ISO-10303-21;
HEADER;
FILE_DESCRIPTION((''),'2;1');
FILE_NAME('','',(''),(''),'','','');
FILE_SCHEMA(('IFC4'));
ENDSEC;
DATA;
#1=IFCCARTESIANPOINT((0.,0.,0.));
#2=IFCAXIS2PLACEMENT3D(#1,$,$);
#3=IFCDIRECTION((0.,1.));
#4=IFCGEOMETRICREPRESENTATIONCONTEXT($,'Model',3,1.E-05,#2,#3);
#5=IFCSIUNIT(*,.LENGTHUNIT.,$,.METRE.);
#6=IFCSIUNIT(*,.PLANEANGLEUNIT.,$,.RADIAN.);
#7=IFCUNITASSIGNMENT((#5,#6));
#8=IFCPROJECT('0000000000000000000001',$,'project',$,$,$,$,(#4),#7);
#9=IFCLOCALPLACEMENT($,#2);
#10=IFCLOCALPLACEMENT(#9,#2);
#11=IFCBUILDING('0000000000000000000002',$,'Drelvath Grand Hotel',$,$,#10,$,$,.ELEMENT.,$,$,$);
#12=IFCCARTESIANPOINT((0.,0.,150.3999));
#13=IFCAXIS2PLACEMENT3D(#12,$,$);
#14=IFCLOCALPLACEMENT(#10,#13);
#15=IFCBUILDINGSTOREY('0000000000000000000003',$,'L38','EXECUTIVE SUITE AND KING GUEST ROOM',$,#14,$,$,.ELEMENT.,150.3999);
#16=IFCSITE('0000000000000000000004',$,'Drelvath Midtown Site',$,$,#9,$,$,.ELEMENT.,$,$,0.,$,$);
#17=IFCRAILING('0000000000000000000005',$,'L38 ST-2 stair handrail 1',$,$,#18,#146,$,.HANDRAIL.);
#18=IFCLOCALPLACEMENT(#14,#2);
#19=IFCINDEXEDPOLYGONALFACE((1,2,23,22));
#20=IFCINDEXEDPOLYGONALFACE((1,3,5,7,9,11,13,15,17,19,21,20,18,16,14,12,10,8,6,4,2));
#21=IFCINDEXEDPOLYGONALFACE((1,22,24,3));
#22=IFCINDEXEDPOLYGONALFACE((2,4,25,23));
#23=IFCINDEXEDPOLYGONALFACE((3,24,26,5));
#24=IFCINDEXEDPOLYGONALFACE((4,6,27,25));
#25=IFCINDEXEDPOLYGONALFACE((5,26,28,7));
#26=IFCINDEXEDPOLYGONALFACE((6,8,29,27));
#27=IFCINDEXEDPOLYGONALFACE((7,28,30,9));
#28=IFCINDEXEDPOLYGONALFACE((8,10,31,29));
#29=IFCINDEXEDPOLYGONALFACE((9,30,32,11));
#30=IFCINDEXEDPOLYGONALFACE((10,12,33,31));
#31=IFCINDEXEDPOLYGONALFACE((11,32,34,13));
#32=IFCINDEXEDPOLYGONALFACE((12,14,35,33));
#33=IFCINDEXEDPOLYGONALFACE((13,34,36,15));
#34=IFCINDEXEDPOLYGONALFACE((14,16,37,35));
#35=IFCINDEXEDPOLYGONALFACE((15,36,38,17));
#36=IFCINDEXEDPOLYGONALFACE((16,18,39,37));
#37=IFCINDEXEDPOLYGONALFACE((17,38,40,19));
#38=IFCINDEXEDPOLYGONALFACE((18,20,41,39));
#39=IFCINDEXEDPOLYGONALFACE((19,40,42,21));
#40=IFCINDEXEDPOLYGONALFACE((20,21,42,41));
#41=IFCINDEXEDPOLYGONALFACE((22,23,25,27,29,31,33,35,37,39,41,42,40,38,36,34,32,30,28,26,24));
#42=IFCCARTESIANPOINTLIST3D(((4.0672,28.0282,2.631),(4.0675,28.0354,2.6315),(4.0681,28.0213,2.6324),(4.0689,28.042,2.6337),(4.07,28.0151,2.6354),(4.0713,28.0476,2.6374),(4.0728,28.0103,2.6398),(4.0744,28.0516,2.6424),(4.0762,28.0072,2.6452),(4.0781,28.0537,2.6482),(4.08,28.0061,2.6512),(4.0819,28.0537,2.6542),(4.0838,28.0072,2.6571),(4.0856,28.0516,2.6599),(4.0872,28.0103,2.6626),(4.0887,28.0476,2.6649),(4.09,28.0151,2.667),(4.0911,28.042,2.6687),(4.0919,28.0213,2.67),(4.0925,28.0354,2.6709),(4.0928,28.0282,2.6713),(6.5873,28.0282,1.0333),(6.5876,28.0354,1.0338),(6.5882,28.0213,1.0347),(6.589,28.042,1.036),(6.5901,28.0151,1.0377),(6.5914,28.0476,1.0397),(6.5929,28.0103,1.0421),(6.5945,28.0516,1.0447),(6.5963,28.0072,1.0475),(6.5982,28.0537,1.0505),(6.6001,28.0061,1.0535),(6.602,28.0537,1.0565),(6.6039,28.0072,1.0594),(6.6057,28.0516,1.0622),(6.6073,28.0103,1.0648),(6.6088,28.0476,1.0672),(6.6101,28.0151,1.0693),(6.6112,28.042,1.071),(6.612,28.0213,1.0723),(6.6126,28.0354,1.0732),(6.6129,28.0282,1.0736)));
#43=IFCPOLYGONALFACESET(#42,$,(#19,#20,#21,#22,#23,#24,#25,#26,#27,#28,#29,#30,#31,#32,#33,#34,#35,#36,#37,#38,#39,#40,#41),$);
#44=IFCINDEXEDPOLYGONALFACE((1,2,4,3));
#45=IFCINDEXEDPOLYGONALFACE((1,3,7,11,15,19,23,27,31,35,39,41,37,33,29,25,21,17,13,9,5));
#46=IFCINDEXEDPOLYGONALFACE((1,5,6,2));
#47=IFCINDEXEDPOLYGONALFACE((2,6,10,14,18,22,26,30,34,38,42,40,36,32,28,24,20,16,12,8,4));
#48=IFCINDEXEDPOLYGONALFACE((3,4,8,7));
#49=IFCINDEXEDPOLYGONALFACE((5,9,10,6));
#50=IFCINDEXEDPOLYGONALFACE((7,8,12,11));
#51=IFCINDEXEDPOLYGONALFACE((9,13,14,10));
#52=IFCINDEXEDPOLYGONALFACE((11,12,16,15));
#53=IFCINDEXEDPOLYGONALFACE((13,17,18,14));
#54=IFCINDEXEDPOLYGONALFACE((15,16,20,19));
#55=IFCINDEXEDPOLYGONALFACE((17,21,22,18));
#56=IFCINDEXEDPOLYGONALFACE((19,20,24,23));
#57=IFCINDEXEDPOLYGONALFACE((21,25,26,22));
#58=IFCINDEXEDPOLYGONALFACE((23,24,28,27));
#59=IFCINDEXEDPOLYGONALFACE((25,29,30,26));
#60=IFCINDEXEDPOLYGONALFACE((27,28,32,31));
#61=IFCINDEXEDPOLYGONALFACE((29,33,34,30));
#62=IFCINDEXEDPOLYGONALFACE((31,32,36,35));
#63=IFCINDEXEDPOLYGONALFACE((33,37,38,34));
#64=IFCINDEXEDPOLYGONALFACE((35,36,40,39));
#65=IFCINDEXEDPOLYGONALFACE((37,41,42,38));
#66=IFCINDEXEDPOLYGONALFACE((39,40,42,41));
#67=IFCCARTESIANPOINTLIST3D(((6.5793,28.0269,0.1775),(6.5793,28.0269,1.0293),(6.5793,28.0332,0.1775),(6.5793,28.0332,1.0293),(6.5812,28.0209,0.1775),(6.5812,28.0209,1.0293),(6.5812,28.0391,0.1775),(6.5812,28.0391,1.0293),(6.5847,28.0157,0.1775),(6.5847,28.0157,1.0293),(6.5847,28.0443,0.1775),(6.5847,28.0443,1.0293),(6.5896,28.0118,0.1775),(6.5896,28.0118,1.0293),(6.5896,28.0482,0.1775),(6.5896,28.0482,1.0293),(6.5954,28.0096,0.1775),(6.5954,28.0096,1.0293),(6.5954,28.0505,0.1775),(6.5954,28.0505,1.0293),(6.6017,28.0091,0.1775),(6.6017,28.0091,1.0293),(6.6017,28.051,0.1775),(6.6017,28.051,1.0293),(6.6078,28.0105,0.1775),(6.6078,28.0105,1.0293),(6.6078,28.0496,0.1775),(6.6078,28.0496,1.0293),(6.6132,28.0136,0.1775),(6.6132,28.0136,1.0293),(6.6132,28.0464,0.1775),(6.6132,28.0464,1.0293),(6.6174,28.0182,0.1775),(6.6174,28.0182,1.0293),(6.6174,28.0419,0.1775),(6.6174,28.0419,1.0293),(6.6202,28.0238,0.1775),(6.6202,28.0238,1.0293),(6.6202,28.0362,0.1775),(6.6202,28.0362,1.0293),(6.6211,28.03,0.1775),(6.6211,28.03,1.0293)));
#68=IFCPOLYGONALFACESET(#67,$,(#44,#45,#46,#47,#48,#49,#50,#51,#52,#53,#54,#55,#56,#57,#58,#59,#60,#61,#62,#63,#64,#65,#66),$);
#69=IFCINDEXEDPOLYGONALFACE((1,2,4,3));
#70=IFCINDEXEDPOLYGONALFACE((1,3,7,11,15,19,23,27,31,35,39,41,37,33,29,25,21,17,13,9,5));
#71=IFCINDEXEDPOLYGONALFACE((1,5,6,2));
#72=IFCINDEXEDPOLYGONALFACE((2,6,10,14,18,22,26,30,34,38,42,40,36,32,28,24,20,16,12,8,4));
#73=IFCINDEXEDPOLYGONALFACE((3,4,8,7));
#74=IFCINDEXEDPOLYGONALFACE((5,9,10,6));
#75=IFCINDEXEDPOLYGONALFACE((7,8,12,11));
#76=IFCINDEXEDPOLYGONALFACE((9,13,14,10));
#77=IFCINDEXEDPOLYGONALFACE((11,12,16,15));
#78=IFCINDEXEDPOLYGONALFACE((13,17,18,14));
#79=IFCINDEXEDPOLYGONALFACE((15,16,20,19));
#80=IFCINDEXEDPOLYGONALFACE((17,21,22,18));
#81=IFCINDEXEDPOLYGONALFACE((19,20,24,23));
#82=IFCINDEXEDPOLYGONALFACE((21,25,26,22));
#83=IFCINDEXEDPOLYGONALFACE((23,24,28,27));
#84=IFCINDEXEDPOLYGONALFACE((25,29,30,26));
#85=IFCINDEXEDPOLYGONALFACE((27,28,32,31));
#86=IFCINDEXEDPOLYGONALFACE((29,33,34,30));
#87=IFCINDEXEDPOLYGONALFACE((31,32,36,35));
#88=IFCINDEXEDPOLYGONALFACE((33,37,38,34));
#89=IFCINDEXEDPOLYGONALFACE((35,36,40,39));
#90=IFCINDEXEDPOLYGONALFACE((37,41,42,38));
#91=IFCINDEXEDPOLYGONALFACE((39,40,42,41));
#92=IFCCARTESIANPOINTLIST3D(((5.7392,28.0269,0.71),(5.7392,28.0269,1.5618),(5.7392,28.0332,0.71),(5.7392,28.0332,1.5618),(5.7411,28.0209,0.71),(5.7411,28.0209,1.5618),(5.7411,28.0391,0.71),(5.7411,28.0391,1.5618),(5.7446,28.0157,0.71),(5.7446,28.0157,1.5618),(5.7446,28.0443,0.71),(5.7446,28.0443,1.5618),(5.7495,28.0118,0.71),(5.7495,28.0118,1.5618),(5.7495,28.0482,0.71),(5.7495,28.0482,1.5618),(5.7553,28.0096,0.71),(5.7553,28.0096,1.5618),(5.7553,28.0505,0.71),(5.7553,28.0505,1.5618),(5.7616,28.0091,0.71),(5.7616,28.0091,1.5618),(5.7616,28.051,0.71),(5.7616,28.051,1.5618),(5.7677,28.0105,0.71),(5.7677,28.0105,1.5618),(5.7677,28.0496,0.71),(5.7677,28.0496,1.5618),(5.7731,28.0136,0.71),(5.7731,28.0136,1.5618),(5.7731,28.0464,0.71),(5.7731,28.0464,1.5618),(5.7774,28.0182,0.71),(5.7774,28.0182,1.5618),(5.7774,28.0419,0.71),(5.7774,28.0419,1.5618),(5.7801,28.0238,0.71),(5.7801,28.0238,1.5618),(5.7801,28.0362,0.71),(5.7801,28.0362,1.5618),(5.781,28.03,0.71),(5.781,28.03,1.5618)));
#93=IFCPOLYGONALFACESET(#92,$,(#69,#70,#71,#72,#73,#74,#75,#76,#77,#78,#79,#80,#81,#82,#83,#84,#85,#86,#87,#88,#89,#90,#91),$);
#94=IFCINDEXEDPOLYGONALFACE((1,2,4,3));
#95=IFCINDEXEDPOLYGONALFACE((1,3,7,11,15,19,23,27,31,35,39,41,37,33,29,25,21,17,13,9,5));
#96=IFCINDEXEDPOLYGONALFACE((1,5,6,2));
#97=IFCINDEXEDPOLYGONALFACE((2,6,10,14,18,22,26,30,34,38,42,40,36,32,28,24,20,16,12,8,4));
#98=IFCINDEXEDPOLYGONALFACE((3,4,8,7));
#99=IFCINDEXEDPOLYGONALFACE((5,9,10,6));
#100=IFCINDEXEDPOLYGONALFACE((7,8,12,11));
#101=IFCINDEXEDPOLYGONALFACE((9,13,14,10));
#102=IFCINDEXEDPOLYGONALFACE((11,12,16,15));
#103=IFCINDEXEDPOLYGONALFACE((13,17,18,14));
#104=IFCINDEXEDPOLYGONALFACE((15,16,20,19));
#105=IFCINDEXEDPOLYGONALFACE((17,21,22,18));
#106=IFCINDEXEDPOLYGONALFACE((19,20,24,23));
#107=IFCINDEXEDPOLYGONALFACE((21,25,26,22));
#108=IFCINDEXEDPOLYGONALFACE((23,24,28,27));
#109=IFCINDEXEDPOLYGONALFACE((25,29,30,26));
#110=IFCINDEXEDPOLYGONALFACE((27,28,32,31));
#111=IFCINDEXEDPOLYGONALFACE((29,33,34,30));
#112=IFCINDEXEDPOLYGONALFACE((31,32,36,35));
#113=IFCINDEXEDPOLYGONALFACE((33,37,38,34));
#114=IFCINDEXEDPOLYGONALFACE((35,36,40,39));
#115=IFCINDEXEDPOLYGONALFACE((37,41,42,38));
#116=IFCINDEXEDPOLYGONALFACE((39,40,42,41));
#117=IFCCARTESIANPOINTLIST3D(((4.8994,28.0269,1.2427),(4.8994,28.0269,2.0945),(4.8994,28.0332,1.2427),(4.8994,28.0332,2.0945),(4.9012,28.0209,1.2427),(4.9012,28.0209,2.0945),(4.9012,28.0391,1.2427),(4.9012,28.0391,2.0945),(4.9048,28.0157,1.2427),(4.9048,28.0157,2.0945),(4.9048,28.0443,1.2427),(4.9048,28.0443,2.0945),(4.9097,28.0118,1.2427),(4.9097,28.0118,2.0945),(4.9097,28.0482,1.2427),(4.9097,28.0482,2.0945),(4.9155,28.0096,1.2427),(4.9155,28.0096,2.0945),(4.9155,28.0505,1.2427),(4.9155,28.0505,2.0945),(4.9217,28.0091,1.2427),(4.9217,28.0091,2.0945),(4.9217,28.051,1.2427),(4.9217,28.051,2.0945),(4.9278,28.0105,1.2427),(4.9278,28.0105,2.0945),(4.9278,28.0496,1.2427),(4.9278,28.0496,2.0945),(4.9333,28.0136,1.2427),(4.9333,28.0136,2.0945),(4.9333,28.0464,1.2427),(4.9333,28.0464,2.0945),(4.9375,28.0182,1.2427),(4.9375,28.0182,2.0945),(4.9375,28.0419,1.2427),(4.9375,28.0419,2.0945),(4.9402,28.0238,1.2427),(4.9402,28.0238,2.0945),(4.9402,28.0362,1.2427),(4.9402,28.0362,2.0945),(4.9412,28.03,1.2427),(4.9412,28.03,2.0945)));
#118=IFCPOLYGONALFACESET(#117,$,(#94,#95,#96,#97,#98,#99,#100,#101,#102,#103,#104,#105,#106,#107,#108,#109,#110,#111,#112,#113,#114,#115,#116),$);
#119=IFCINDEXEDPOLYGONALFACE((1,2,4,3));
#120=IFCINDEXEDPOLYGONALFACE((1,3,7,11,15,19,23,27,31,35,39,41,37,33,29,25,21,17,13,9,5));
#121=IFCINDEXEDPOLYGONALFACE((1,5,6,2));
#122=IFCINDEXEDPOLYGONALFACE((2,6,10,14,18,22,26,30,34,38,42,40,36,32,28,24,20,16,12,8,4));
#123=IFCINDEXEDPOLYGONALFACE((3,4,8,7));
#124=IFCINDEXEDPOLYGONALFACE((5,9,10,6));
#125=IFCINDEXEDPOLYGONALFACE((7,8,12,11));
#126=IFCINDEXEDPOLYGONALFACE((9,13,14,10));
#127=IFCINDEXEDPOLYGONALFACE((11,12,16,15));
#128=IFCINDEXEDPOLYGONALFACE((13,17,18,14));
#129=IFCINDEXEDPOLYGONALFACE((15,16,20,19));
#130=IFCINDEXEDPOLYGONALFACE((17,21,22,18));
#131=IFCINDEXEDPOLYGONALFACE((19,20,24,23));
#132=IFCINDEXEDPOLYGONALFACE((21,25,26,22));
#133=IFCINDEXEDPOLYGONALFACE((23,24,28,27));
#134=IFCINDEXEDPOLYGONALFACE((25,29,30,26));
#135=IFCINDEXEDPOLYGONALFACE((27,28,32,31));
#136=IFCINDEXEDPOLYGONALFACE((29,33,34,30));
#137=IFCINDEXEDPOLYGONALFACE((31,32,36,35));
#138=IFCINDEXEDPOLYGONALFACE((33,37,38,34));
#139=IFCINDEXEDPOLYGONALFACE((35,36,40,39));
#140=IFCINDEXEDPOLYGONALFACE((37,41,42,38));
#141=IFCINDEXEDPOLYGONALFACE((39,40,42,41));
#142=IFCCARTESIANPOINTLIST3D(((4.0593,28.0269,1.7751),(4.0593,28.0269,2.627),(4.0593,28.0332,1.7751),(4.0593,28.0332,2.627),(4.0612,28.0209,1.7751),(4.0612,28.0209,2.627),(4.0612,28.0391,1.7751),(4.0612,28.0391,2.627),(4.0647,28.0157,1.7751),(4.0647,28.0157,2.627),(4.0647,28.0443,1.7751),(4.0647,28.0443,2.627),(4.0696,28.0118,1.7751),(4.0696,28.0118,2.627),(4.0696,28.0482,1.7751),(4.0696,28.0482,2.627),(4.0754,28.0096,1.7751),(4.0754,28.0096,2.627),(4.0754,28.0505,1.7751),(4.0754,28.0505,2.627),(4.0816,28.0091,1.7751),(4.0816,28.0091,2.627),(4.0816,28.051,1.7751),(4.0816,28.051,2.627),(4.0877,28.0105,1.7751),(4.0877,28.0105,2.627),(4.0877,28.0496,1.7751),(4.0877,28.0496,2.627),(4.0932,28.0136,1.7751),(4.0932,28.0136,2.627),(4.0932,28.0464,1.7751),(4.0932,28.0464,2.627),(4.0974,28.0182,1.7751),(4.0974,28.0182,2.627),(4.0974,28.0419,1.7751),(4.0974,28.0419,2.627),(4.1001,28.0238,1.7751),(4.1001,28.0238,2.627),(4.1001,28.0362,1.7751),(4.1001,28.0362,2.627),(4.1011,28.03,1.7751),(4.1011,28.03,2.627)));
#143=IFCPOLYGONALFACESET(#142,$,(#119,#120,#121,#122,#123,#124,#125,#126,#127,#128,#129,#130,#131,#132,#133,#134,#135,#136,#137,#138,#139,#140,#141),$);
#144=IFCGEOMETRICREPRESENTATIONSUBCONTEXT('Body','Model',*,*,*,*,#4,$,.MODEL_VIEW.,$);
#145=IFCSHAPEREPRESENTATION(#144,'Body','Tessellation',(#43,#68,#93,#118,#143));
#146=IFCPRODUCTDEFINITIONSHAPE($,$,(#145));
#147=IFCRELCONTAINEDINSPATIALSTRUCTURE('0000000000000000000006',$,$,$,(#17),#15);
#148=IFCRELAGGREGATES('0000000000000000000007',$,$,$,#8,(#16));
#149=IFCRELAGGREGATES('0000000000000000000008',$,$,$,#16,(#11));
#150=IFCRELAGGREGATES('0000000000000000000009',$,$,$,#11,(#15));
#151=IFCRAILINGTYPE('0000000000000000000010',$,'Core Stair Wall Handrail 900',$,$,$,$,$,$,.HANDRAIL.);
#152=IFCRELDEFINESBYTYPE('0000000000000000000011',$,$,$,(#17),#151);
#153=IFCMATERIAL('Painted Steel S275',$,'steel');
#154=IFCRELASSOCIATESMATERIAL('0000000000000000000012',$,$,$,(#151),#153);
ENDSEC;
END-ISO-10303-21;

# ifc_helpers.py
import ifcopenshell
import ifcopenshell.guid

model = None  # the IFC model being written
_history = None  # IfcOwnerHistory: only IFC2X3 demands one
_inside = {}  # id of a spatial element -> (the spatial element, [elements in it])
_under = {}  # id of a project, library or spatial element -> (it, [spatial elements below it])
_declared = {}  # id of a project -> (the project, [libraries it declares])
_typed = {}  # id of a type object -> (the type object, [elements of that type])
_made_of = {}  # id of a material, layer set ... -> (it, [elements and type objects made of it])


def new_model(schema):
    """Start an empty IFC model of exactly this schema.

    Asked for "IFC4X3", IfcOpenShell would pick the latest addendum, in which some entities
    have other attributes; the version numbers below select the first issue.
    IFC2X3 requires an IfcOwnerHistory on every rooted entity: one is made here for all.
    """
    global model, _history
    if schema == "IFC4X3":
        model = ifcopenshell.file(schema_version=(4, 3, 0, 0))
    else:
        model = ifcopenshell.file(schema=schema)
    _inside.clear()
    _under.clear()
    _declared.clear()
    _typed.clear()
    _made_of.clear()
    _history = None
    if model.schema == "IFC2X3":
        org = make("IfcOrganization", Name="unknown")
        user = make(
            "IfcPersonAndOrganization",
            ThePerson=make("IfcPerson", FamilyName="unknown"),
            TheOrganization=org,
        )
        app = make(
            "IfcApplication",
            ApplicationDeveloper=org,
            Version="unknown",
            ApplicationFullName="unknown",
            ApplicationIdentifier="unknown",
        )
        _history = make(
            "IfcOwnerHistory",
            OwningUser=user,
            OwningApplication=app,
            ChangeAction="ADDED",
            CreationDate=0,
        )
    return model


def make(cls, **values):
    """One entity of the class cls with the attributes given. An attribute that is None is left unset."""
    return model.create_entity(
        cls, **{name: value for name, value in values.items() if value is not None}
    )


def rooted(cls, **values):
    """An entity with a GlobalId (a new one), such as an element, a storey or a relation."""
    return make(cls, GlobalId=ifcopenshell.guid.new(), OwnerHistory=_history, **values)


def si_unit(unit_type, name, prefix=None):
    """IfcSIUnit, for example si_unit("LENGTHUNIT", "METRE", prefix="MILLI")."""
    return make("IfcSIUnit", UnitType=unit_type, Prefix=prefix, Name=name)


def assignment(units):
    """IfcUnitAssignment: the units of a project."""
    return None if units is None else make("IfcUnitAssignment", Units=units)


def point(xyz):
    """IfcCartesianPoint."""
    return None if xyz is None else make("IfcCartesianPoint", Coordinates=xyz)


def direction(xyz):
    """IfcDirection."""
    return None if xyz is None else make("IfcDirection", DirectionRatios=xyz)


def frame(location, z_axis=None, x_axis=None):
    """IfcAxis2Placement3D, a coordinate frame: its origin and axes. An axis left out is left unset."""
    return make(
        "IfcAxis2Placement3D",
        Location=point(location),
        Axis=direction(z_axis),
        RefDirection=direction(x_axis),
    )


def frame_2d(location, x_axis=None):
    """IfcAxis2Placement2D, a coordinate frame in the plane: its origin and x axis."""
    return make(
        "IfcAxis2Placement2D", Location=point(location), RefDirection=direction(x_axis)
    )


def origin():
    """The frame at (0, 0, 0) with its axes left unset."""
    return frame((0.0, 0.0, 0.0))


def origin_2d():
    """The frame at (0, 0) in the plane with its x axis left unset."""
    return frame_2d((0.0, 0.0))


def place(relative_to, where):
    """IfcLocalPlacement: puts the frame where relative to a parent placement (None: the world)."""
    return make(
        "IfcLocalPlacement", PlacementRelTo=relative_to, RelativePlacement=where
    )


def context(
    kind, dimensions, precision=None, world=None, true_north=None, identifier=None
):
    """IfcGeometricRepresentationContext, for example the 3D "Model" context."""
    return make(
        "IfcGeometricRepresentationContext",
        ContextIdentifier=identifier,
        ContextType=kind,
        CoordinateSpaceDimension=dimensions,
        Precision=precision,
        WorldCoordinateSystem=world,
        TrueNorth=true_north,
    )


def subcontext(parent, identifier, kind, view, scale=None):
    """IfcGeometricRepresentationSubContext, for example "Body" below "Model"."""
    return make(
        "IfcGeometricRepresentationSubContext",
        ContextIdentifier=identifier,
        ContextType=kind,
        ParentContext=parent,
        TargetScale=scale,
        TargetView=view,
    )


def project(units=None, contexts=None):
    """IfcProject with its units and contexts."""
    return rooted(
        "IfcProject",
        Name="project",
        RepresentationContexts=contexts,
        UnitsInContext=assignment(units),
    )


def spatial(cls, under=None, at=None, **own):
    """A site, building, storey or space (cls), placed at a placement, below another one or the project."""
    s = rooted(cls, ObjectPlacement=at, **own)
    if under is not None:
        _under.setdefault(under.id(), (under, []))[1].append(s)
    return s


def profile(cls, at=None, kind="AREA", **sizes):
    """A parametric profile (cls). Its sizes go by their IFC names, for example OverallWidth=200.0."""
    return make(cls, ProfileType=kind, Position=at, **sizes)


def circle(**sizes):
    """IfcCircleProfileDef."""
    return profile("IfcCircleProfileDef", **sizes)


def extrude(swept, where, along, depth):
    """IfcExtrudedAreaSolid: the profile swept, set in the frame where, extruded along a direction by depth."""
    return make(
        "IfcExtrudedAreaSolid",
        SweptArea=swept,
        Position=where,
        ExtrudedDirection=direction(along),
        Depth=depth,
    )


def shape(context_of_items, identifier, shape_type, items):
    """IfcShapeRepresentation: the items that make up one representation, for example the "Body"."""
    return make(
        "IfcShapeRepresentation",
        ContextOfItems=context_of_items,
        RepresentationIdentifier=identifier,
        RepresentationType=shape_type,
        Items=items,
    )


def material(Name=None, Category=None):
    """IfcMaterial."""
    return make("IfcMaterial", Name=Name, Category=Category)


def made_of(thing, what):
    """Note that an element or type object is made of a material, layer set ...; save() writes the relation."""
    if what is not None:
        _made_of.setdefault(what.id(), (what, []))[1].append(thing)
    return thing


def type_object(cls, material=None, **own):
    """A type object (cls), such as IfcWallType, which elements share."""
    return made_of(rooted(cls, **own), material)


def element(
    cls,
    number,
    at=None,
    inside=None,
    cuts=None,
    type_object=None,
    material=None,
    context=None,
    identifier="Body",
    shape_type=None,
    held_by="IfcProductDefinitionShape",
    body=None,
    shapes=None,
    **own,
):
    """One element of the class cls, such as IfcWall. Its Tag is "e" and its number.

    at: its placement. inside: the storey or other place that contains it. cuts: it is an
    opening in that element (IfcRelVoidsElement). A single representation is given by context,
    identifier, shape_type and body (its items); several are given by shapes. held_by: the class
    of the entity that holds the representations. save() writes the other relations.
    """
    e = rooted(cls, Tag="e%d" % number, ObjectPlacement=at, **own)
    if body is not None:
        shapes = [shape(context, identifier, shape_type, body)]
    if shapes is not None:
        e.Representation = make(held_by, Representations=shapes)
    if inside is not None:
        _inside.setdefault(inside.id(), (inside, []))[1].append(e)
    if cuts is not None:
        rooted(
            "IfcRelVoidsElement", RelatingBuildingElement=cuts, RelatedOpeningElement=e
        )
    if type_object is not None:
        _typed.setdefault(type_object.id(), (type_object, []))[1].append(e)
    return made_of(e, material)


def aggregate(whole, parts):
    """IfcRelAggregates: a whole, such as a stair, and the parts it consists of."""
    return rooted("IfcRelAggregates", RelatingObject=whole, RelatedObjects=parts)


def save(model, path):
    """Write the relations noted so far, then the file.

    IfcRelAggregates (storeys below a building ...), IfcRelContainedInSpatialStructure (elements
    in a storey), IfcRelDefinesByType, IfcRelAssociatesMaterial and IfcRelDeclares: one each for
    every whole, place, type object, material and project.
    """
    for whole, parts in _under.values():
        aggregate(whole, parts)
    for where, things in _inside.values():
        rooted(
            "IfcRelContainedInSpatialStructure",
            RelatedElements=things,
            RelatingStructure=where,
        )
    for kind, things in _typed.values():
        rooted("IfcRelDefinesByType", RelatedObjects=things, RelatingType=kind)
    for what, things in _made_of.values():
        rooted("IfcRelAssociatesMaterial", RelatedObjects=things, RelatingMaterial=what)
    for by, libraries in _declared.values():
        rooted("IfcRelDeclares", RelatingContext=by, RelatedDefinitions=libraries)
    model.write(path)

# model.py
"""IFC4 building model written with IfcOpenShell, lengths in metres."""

from ifc_helpers import new_model, si_unit, direction, frame, origin, origin_2d, place, context, subcontext, project, spatial, circle, extrude, material, type_object, element, save


model = new_model("IFC4")

# Units and contexts
model_context = context("Model", 3, precision=1e-05, world=origin(), true_north=direction((0.0, 1.0)))
body_context = subcontext(model_context, "Body", "Model", "MODEL_VIEW")
ifc_project = project(units=[si_unit("LENGTHUNIT", "METRE"), si_unit("PLANEANGLEUNIT", "RADIAN")], contexts=[model_context])

# Site, building, storey
site_placement = place(None, origin())
site = spatial("IfcSite", under=ifc_project, at=site_placement, Name="Drelvath Midtown Site", CompositionType="ELEMENT", RefElevation=0.0)
building_placement = place(site_placement, origin())
building = spatial("IfcBuilding", under=site, at=building_placement, Name="Drelvath Grand Hotel", CompositionType="ELEMENT")
storey_placement = place(building_placement, frame((0.0, 0.0, 150.3999)))
storey = spatial("IfcBuildingStorey", under=building, at=storey_placement, Name="L38", Description="EXECUTIVE SUITE AND KING GUEST ROOM", CompositionType="ELEMENT", Elevation=150.3999)

# Shared definitions
ifc_material_1 = material(Name="Painted Steel S275", Category="steel")

# Railing
railing_type = type_object("IfcRailingType", Name="Core Stair Wall Handrail 900", PredefinedType="HANDRAIL", material=ifc_material_1)
railing_placement = place(storey_placement, frame((6.6001, 28.03, 0.1775)))
element("IfcRailing", 1, at=railing_placement, inside=storey, type_object=railing_type, Name="L38 ST-2 stair handrail 1", PredefinedType="HANDRAIL", context=body_context, shape_type="SweptSolid", body=[
    extrude(circle(Radius=0.0239, at=origin_2d()), frame((0.0, 0.0, 0.876), z_axis=(-0.84457, 0.0, 0.535445), x_axis=(0.0, -1.0, 0.0)), (0.0, 0.0, 1.0), 2.9839),
    extrude(circle(Radius=0.021, at=origin_2d()), origin(), (0.0, 0.0, 1.0), 0.8518),
    extrude(circle(Radius=0.021, at=origin_2d()), frame((-0.8401, 0.0, 0.5325)), (0.0, 0.0, 1.0), 0.8518),
    extrude(circle(Radius=0.021, at=origin_2d()), frame((-1.6799, 0.0, 1.0652)), (0.0, 0.0, 1.0), 0.8518),
    extrude(circle(Radius=0.021, at=origin_2d()), frame((-2.52, 0.0, 1.5977)), (0.0, 0.0, 1.0), 0.8518),
])

save(model, "model.ifc")
